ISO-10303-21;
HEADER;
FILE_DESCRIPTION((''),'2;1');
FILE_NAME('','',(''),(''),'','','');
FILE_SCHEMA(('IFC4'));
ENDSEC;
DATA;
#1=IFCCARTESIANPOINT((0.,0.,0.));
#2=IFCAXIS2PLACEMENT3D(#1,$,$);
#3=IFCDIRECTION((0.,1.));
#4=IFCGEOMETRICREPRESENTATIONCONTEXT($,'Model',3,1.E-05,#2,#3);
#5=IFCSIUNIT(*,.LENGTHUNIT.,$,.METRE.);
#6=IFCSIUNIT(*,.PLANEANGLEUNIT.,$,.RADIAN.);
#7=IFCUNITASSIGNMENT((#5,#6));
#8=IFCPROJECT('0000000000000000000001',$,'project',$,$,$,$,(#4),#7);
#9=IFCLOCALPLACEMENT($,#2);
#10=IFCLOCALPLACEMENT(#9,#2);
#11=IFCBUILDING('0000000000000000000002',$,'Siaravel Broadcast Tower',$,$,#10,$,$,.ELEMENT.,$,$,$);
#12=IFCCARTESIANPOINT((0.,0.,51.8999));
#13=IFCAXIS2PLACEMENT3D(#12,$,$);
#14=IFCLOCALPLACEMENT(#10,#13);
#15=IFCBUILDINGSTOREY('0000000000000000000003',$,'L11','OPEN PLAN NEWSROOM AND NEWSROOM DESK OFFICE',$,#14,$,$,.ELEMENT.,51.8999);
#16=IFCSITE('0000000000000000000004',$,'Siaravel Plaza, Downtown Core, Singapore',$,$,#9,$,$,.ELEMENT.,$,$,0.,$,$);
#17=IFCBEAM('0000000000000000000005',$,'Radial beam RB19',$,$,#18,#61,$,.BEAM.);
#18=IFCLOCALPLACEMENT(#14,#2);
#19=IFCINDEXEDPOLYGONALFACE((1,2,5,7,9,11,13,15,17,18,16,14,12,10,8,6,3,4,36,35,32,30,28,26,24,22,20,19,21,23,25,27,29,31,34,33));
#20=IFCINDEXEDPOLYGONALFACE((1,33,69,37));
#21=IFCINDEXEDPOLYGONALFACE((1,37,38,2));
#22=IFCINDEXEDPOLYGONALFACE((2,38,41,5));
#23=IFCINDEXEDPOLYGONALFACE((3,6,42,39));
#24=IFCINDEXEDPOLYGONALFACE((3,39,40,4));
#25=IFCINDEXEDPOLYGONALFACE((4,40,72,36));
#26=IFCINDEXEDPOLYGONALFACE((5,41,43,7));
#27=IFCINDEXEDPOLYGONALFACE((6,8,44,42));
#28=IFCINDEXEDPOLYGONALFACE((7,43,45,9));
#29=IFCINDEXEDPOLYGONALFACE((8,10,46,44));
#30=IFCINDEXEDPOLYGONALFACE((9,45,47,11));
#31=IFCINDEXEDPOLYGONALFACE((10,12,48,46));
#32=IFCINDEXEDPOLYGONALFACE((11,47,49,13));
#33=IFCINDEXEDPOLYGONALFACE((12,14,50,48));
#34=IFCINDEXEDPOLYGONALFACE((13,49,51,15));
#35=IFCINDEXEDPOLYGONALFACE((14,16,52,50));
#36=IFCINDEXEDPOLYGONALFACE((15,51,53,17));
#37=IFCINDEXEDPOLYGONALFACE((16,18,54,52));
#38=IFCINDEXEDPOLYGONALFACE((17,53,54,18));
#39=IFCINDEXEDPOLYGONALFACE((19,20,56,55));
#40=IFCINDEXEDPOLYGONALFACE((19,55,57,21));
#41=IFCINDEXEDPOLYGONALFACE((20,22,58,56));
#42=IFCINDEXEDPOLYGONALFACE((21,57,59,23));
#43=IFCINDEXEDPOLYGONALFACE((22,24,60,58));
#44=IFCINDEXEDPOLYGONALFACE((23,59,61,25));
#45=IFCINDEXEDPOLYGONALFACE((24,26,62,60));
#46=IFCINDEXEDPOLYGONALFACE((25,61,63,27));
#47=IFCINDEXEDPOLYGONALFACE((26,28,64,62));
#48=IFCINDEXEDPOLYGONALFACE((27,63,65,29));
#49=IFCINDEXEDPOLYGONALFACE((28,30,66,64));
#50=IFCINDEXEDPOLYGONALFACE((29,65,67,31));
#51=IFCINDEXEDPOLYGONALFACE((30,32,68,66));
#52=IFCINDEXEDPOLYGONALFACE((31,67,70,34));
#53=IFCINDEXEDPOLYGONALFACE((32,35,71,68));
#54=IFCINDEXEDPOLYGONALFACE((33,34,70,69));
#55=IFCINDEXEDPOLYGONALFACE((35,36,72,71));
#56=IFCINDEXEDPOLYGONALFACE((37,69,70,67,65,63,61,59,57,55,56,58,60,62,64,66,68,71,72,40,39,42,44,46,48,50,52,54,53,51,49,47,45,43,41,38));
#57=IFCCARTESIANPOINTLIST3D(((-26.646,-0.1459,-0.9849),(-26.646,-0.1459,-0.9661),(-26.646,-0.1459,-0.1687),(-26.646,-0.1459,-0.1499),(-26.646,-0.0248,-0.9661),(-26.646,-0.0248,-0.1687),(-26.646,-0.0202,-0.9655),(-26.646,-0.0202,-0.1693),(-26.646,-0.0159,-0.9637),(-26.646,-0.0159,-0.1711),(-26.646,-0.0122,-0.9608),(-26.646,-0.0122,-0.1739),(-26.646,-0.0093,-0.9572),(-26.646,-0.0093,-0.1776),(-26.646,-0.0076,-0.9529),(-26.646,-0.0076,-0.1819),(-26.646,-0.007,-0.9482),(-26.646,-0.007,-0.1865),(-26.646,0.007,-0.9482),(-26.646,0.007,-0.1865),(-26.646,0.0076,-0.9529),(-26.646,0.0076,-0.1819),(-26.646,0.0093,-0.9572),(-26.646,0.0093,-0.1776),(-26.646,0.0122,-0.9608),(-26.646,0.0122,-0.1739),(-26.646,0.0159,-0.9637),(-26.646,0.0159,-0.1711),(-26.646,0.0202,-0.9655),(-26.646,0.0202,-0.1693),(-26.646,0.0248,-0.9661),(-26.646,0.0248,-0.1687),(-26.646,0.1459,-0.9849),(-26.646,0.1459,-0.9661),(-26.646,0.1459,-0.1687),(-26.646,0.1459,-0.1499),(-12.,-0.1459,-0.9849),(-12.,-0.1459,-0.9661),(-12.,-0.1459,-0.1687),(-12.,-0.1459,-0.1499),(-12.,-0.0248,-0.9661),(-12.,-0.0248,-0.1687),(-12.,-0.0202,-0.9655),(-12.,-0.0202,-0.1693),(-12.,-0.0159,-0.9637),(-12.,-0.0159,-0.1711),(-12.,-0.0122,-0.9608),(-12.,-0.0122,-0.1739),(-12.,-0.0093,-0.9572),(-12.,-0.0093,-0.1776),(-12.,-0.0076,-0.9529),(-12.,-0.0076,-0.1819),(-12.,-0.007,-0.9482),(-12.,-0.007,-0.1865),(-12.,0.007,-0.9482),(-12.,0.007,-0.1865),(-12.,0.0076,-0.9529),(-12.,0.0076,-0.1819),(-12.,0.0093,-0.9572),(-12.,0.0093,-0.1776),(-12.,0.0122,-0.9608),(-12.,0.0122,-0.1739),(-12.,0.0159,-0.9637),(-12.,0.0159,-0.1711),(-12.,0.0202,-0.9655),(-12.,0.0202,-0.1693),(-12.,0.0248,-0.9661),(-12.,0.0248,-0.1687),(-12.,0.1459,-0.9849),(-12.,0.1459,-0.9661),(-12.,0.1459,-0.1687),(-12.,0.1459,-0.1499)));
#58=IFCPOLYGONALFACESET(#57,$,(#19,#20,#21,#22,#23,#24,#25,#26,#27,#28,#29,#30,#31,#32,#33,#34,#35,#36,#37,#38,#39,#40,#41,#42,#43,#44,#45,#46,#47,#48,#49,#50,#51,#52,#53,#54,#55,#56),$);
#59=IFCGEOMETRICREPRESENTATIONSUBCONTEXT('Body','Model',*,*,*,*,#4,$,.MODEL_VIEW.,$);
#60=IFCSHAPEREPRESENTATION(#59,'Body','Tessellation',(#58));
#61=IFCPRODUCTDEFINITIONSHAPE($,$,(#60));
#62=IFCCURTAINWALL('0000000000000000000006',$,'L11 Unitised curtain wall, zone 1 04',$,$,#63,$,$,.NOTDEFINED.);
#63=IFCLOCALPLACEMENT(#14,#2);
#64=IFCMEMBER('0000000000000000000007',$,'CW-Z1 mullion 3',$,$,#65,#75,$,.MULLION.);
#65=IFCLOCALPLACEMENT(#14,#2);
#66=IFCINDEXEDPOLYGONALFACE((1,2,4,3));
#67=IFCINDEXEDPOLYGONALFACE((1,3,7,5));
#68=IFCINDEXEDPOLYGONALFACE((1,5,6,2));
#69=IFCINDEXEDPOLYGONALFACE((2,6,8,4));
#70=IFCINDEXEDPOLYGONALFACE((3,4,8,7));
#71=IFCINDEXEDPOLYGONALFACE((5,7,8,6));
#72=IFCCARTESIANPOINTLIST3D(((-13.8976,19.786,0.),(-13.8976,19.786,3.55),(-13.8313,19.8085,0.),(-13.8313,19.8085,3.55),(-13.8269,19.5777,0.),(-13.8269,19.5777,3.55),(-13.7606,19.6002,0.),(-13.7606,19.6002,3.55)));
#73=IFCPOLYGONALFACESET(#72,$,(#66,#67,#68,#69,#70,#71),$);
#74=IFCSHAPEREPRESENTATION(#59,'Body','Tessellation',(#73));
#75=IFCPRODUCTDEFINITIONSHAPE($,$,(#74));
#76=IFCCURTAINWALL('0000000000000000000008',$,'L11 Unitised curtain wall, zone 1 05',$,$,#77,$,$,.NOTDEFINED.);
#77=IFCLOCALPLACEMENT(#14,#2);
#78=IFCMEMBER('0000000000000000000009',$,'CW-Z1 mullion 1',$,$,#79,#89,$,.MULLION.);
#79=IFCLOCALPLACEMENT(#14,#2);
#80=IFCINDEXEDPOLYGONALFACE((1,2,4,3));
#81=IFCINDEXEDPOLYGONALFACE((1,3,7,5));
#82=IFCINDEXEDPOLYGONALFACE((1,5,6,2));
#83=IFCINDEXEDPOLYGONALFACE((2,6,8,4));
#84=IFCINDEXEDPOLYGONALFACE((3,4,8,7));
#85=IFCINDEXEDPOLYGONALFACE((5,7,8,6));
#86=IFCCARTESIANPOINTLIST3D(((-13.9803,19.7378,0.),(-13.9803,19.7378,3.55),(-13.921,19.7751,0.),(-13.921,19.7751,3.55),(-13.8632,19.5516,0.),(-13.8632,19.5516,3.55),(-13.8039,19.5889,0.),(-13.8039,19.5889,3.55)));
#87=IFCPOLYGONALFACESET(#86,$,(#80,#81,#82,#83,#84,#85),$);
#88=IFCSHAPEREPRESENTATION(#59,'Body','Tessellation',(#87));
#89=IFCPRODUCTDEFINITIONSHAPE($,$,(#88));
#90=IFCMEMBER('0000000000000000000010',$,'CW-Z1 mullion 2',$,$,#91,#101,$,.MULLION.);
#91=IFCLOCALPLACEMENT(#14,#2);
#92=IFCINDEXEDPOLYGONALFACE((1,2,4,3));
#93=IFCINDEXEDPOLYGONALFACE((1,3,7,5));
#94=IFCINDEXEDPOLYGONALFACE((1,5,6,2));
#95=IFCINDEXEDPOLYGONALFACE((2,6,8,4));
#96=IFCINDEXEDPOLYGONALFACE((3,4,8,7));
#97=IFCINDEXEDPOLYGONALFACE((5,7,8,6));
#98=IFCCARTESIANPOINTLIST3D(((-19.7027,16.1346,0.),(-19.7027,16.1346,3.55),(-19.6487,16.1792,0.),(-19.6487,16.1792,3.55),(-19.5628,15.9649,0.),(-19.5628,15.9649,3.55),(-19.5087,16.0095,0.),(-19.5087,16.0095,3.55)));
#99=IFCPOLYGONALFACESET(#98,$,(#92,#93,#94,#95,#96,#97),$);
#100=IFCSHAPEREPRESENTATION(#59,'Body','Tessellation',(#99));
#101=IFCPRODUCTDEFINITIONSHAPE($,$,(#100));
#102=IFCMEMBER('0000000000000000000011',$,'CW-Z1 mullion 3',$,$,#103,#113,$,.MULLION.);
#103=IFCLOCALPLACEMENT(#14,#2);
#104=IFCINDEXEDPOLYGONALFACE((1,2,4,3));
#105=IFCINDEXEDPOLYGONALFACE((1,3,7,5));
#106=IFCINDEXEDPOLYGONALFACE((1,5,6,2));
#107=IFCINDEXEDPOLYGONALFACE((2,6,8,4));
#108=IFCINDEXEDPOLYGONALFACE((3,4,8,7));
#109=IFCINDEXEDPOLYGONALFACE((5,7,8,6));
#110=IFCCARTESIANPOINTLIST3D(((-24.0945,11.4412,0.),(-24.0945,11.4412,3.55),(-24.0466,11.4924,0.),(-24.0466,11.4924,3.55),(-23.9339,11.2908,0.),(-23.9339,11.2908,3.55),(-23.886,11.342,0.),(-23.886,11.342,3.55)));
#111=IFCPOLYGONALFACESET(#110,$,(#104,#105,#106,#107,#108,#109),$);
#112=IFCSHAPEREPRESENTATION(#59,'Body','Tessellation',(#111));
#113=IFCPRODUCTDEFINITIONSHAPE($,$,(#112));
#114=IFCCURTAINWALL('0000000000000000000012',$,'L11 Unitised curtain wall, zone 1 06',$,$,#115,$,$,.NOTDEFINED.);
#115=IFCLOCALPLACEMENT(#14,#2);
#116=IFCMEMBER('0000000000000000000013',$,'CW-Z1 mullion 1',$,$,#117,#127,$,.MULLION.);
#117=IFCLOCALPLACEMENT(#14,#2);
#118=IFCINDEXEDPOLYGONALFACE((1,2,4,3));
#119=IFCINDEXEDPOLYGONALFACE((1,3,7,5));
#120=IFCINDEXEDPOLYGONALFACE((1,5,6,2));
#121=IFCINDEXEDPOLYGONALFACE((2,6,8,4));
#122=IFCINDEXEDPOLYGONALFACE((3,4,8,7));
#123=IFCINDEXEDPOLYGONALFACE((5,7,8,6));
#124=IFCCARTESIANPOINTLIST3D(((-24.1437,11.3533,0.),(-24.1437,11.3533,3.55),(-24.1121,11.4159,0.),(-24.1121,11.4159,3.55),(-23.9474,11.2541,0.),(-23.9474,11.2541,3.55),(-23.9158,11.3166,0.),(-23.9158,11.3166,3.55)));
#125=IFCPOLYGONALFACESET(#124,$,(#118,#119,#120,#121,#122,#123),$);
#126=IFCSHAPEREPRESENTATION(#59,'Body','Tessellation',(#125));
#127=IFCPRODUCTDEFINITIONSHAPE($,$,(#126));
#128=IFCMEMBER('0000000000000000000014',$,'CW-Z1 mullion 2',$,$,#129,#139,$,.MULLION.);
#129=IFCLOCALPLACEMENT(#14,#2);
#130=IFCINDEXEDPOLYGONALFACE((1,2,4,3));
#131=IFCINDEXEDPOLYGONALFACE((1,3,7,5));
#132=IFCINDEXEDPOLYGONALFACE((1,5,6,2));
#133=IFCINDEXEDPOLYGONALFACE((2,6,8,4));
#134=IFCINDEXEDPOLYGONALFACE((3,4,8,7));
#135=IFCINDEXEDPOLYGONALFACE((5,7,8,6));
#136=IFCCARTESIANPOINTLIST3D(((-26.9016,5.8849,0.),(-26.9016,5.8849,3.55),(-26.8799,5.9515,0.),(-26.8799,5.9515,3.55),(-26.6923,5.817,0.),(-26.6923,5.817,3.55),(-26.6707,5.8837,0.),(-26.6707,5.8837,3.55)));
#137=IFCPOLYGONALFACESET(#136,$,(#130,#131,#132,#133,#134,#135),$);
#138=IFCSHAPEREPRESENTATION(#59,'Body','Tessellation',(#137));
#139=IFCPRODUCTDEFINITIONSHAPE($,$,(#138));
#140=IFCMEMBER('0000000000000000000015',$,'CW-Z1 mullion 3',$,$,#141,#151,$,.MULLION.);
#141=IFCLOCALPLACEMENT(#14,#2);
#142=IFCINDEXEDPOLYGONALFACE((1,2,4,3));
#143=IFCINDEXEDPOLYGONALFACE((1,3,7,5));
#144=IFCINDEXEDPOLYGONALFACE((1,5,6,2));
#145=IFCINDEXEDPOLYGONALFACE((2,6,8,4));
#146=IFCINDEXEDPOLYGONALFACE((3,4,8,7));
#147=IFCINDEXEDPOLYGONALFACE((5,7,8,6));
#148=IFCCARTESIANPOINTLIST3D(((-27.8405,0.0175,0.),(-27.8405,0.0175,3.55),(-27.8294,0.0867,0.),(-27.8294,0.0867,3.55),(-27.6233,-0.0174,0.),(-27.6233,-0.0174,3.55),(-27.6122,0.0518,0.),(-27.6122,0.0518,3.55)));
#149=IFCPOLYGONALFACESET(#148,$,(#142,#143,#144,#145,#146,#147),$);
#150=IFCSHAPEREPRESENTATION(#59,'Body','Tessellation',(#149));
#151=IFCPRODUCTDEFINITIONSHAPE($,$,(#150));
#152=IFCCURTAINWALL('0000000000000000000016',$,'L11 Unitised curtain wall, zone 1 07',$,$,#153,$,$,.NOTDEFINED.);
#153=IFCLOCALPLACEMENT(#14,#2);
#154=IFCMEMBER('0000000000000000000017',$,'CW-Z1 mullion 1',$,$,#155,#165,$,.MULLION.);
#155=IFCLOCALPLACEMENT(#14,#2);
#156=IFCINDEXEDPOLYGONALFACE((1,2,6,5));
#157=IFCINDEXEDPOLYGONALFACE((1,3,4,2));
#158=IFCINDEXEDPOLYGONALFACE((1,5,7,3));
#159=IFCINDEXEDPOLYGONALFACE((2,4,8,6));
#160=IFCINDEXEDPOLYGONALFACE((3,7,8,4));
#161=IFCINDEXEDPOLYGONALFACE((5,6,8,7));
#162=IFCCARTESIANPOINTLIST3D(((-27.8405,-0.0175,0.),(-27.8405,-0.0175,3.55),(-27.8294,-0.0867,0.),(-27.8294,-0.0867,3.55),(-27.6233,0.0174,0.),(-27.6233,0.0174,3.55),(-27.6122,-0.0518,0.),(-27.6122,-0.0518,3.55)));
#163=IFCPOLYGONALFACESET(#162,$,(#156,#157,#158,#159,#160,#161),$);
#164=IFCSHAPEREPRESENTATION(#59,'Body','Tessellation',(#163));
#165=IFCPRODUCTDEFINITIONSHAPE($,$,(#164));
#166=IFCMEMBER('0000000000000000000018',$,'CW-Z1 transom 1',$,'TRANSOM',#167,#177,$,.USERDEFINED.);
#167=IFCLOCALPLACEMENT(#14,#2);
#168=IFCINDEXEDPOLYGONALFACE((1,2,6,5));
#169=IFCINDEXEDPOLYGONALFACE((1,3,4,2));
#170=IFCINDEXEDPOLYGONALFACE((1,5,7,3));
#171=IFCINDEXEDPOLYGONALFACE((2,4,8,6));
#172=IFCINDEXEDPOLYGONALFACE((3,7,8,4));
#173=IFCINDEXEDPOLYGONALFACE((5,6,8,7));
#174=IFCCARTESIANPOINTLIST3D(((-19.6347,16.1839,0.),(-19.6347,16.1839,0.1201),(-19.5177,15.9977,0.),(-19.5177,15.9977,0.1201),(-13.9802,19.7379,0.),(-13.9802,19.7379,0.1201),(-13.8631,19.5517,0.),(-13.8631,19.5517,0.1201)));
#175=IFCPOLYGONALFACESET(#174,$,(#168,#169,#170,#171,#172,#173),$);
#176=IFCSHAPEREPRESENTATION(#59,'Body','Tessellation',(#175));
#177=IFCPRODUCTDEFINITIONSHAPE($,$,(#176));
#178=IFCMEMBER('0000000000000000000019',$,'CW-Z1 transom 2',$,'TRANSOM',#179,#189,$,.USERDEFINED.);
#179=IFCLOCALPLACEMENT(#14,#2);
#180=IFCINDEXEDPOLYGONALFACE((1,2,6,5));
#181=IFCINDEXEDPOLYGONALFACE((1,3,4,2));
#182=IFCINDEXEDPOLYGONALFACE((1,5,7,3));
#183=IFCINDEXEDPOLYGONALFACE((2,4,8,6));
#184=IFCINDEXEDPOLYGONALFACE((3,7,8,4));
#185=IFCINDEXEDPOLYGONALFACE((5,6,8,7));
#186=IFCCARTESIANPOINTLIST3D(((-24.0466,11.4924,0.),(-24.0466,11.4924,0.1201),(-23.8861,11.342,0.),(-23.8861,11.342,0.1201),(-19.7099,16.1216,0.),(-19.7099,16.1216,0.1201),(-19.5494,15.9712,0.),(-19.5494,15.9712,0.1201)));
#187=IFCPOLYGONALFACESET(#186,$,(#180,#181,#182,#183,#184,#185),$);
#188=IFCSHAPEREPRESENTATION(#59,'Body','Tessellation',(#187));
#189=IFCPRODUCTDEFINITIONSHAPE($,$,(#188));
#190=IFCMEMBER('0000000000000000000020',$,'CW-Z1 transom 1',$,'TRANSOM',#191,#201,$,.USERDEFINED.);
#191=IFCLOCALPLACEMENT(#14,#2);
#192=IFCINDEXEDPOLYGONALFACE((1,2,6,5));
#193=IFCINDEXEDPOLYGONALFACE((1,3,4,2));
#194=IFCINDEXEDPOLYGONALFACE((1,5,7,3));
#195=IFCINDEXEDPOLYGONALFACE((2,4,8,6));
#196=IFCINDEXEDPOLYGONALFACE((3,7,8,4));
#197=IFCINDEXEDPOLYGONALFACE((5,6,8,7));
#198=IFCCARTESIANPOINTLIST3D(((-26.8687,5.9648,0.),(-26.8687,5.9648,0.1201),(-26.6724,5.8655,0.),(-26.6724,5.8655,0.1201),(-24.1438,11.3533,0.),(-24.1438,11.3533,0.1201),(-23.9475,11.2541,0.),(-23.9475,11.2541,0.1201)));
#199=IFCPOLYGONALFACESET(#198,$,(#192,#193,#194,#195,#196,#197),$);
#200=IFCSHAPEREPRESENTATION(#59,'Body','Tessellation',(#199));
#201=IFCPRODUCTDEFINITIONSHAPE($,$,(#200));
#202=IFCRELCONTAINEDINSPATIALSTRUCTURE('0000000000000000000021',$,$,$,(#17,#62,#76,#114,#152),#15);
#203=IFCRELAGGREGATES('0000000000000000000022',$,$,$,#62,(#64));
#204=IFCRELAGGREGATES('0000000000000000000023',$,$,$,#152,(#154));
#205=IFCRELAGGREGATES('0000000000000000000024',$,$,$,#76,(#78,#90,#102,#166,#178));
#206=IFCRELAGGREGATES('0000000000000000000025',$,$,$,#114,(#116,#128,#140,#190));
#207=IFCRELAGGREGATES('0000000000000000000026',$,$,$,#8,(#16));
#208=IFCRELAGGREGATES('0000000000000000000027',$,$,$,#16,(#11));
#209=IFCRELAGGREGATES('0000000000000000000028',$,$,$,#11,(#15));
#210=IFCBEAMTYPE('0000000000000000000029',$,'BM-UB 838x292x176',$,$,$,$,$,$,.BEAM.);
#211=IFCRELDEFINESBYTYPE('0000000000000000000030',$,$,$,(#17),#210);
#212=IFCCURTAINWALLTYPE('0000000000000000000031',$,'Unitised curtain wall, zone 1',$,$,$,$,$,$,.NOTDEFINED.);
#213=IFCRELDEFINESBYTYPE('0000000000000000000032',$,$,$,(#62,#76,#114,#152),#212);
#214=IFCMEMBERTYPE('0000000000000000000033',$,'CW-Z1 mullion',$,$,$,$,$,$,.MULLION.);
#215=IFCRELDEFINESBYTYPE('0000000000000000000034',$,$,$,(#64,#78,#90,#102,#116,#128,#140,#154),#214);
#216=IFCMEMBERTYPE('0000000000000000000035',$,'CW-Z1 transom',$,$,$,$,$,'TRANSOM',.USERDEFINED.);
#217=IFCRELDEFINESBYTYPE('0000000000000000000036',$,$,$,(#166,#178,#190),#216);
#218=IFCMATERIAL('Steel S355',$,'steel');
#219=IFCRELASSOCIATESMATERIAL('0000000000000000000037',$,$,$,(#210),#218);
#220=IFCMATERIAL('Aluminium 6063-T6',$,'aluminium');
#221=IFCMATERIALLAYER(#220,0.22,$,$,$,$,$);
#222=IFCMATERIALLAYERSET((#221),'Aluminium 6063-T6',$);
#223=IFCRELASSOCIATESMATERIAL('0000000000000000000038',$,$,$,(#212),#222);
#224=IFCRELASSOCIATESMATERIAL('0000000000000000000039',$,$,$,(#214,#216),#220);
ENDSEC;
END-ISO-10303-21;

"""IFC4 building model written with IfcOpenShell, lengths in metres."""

from ifc_helpers import new_model, si_unit, direction, frame, origin, origin_2d, place, context, subcontext, project, spatial, rectangle, i_section, extrude, material, layer, layer_set, material_profile, profile_set, type_object, element, aggregate, save


model = new_model("IFC4")

# Units and contexts
model_context = context("Model", 3, precision=1e-05, world=origin(), true_north=direction((0.0, 1.0)))
body_context = subcontext(model_context, "Body", "Model", "MODEL_VIEW")
ifc_project = project(units=[si_unit("LENGTHUNIT", "METRE"), si_unit("PLANEANGLEUNIT", "RADIAN")], contexts=[model_context])

# Site, building, storey
site_placement = place(None, origin())
site = spatial("IfcSite", under=ifc_project, at=site_placement, Name="Siaravel Plaza, Downtown Core, Singapore", CompositionType="ELEMENT", RefElevation=0.0)
building_placement = place(site_placement, origin())
building = spatial("IfcBuilding", under=site, at=building_placement, Name="Siaravel Broadcast Tower", CompositionType="ELEMENT")
storey_placement = place(building_placement, frame((0.0, 0.0, 51.8999)))
storey = spatial("IfcBuildingStorey", under=building, at=storey_placement, Name="L11", Description="OPEN PLAN NEWSROOM AND NEWSROOM DESK OFFICE", CompositionType="ELEMENT", Elevation=51.8999)

# Beam
ifc_material_1 = material(Name="Steel S355", Category="steel")
ifc_material_profile_1 = material_profile(ifc_material_1, i_section(OverallWidth=0.2917, OverallDepth=0.835, WebThickness=0.0139, FlangeThickness=0.0188, FilletRadius=0.0178, at=origin_2d()))
ifc_profile_set_1 = profile_set([ifc_material_profile_1], Name="Steel S355")
beam_type = type_object("IfcBeamType", Name="BM-UB 838x292x176", PredefinedType="BEAM", material=ifc_profile_set_1)
beam_1_placement = place(storey_placement, frame((-26.646, 0.0, -0.5674), z_axis=(1.0, 0.0, 0.0), x_axis=(0.0, 1.0, 0.0)))
element("IfcBeam", 1, at=beam_1_placement, inside=storey, type_object=beam_type, Name="Radial beam RB19", PredefinedType="BEAM", context=body_context, shape_type="SweptSolid", body=[
    extrude(i_section(OverallWidth=0.2917, OverallDepth=0.835, WebThickness=0.0139, FlangeThickness=0.0188, FilletRadius=0.0178, at=origin_2d()), origin(), (0.0, 0.0, 1.0), 14.646),
])

# Curtain wall, member
ifc_material_2 = material(Name="Aluminium 6063-T6", Category="aluminium")
ifc_layer_1 = layer(ifc_material_2, 0.22)
ifc_layer_set_1 = layer_set([ifc_layer_1], Name="Aluminium 6063-T6")
curtain_wall_type = type_object("IfcCurtainWallType", Name="Unitised curtain wall, zone 1", PredefinedType="NOTDEFINED", material=ifc_layer_set_1)
curtain_wall_1_placement = place(storey_placement, origin())
curtain_wall_1 = element("IfcCurtainWall", 2, at=curtain_wall_1_placement, inside=storey, type_object=curtain_wall_type, Name="L11 Unitised curtain wall, zone 1 04", PredefinedType="NOTDEFINED")
ifc_material_profile_2 = material_profile(ifc_material_2, rectangle(XDim=0.22, YDim=0.0701, at=origin_2d()))
ifc_profile_set_2 = profile_set([ifc_material_profile_2], Name="Aluminium 6063-T6")
member_type_1 = type_object("IfcMemberType", Name="CW-Z1 mullion", PredefinedType="MULLION", material=ifc_profile_set_2)
member_1_placement = place(storey_placement, frame((-13.8291, 19.6931, 0.0), z_axis=(0.0, 0.0, 1.0), x_axis=(0.321301, -0.946977, 0.0)))
member_1 = element("IfcMember", 3, at=member_1_placement, type_object=member_type_1, Name="CW-Z1 mullion 3", PredefinedType="MULLION", context=body_context, shape_type="SweptSolid", body=[
    extrude(rectangle(XDim=0.22, YDim=0.0701, at=origin_2d()), origin(), (0.0, 0.0, 1.0), 3.55),
])
aggregate(curtain_wall_1, [member_1])

# Curtain walls, members
curtain_wall_2_placement = place(storey_placement, origin())
curtain_wall_2 = element("IfcCurtainWall", 4, at=curtain_wall_2_placement, inside=storey, type_object=curtain_wall_type, Name="L11 Unitised curtain wall, zone 1 05", PredefinedType="NOTDEFINED")
member_2_placement = place(storey_placement, frame((-13.8921, 19.6633, 0.0), z_axis=(0.0, 0.0, 1.0), x_axis=(0.532149, -0.846651, 0.0)))
member_2 = element("IfcMember", 5, at=member_2_placement, type_object=member_type_1, Name="CW-Z1 mullion 1", PredefinedType="MULLION", context=body_context, shape_type="SweptSolid", body=[
    extrude(rectangle(XDim=0.22, YDim=0.0701, at=origin_2d()), origin(), (0.0, 0.0, 1.0), 3.55),
])
member_3_placement = place(storey_placement, frame((-19.6057, 16.072, 0.0), z_axis=(0.0, 0.0, 1.0), x_axis=(0.636219, -0.771509, 0.0)))
member_3 = element("IfcMember", 6, at=member_3_placement, type_object=member_type_1, Name="CW-Z1 mullion 2", PredefinedType="MULLION", context=body_context, shape_type="SweptSolid", body=[
    extrude(rectangle(XDim=0.22, YDim=0.0701, at=origin_2d()), origin(), (0.0, 0.0, 1.0), 3.55),
])
member_4_placement = place(storey_placement, frame((-23.9902, 11.3916, 0.0), z_axis=(0.0, 0.0, 1.0), x_axis=(0.729805, -0.683655, 0.0)))
member_4 = element("IfcMember", 7, at=member_4_placement, type_object=member_type_1, Name="CW-Z1 mullion 3", PredefinedType="MULLION", context=body_context, shape_type="SweptSolid", body=[
    extrude(rectangle(XDim=0.22, YDim=0.0701, at=origin_2d()), origin(), (0.0, 0.0, 1.0), 3.55),
])
curtain_wall_3_placement = place(storey_placement, origin())
curtain_wall_3 = element("IfcCurtainWall", 8, at=curtain_wall_3_placement, inside=storey, type_object=curtain_wall_type, Name="L11 Unitised curtain wall, zone 1 06", PredefinedType="NOTDEFINED")
member_5_placement = place(storey_placement, frame((-24.0298, 11.335, 0.0), z_axis=(0.0, 0.0, 1.0), x_axis=(0.892392, -0.451261, 0.0)))
member_5 = element("IfcMember", 9, at=member_5_placement, type_object=member_type_1, Name="CW-Z1 mullion 1", PredefinedType="MULLION", context=body_context, shape_type="SweptSolid", body=[
    extrude(rectangle(XDim=0.22, YDim=0.0701, at=origin_2d()), origin(), (0.0, 0.0, 1.0), 3.55),
])
member_6_placement = place(storey_placement, frame((-26.7861, 5.8843, 0.0), z_axis=(0.0, 0.0, 1.0), x_axis=(0.951177, -0.308646, 0.0)))
member_6 = element("IfcMember", 10, at=member_6_placement, type_object=member_type_1, Name="CW-Z1 mullion 2", PredefinedType="MULLION", context=body_context, shape_type="SweptSolid", body=[
    extrude(rectangle(XDim=0.22, YDim=0.0701, at=origin_2d()), origin(), (0.0, 0.0, 1.0), 3.55),
])
member_7_placement = place(storey_placement, frame((-27.7263, 0.0347, 0.0), z_axis=(0.0, 0.0, 1.0), x_axis=(0.987329, -0.158686, 0.0)))
member_7 = element("IfcMember", 11, at=member_7_placement, type_object=member_type_1, Name="CW-Z1 mullion 3", PredefinedType="MULLION", context=body_context, shape_type="SweptSolid", body=[
    extrude(rectangle(XDim=0.22, YDim=0.0701, at=origin_2d()), origin(), (0.0, 0.0, 1.0), 3.55),
])

# Curtain wall, member
curtain_wall_4_placement = place(storey_placement, origin())
curtain_wall_4 = element("IfcCurtainWall", 12, at=curtain_wall_4_placement, inside=storey, type_object=curtain_wall_type, Name="L11 Unitised curtain wall, zone 1 07", PredefinedType="NOTDEFINED")
member_8_placement = place(storey_placement, frame((-27.7263, -0.0347, 0.0), z_axis=(0.0, 0.0, 1.0), x_axis=(0.987329, 0.158686, 0.0)))
member_8 = element("IfcMember", 13, at=member_8_placement, type_object=member_type_1, Name="CW-Z1 mullion 1", PredefinedType="MULLION", context=body_context, shape_type="SweptSolid", body=[
    extrude(rectangle(XDim=0.22, YDim=0.0701, at=origin_2d()), origin(), (0.0, 0.0, 1.0), 3.55),
])

# Members
ifc_material_profile_3 = material_profile(ifc_material_2, rectangle(XDim=0.22, YDim=0.1201, at=origin_2d()))
ifc_profile_set_3 = profile_set([ifc_material_profile_3], Name="Aluminium 6063-T6")
member_type_2 = type_object("IfcMemberType", Name="CW-Z1 transom", ElementType="TRANSOM", PredefinedType="USERDEFINED", material=ifc_profile_set_3)
member_9_placement = place(storey_placement, frame((-13.9216, 19.6448, 0.0601), z_axis=(-0.846659, -0.532136, 0.0), x_axis=(0.532136, -0.846659, 0.0)))
member_9 = element("IfcMember", 14, at=member_9_placement, type_object=member_type_2, Name="CW-Z1 transom 1", ObjectType="TRANSOM", PredefinedType="USERDEFINED", context=body_context, shape_type="SweptSolid", body=[
    extrude(rectangle(XDim=0.22, YDim=0.1201, at=origin_2d()), origin(), (0.0, 0.0, 1.0), 6.6787),
])
member_10_placement = place(storey_placement, frame((-19.6296, 16.0464, 0.0601), z_axis=(-0.683676, -0.729786, 0.0), x_axis=(0.729786, -0.683676, 0.0)))
member_10 = element("IfcMember", 15, at=member_10_placement, type_object=member_type_2, Name="CW-Z1 transom 2", ObjectType="TRANSOM", PredefinedType="USERDEFINED", context=body_context, shape_type="SweptSolid", body=[
    extrude(rectangle(XDim=0.22, YDim=0.1201, at=origin_2d()), origin(), (0.0, 0.0, 1.0), 6.3433),
])
member_11_placement = place(storey_placement, frame((-24.0457, 11.3037, 0.0601), z_axis=(-0.451268, -0.892388, 0.0), x_axis=(0.892388, -0.451268, 0.0)))
member_11 = element("IfcMember", 16, at=member_11_placement, type_object=member_type_2, Name="CW-Z1 transom 1", ObjectType="TRANSOM", PredefinedType="USERDEFINED", context=body_context, shape_type="SweptSolid", body=[
    extrude(rectangle(XDim=0.22, YDim=0.1201, at=origin_2d()), origin(), (0.0, 0.0, 1.0), 6.0383),
])
aggregate(curtain_wall_4, [member_8])

aggregate(curtain_wall_2, [member_2, member_3, member_4, member_9, member_10])
aggregate(curtain_wall_3, [member_5, member_6, member_7, member_11])

save(model, "model.ifc")
